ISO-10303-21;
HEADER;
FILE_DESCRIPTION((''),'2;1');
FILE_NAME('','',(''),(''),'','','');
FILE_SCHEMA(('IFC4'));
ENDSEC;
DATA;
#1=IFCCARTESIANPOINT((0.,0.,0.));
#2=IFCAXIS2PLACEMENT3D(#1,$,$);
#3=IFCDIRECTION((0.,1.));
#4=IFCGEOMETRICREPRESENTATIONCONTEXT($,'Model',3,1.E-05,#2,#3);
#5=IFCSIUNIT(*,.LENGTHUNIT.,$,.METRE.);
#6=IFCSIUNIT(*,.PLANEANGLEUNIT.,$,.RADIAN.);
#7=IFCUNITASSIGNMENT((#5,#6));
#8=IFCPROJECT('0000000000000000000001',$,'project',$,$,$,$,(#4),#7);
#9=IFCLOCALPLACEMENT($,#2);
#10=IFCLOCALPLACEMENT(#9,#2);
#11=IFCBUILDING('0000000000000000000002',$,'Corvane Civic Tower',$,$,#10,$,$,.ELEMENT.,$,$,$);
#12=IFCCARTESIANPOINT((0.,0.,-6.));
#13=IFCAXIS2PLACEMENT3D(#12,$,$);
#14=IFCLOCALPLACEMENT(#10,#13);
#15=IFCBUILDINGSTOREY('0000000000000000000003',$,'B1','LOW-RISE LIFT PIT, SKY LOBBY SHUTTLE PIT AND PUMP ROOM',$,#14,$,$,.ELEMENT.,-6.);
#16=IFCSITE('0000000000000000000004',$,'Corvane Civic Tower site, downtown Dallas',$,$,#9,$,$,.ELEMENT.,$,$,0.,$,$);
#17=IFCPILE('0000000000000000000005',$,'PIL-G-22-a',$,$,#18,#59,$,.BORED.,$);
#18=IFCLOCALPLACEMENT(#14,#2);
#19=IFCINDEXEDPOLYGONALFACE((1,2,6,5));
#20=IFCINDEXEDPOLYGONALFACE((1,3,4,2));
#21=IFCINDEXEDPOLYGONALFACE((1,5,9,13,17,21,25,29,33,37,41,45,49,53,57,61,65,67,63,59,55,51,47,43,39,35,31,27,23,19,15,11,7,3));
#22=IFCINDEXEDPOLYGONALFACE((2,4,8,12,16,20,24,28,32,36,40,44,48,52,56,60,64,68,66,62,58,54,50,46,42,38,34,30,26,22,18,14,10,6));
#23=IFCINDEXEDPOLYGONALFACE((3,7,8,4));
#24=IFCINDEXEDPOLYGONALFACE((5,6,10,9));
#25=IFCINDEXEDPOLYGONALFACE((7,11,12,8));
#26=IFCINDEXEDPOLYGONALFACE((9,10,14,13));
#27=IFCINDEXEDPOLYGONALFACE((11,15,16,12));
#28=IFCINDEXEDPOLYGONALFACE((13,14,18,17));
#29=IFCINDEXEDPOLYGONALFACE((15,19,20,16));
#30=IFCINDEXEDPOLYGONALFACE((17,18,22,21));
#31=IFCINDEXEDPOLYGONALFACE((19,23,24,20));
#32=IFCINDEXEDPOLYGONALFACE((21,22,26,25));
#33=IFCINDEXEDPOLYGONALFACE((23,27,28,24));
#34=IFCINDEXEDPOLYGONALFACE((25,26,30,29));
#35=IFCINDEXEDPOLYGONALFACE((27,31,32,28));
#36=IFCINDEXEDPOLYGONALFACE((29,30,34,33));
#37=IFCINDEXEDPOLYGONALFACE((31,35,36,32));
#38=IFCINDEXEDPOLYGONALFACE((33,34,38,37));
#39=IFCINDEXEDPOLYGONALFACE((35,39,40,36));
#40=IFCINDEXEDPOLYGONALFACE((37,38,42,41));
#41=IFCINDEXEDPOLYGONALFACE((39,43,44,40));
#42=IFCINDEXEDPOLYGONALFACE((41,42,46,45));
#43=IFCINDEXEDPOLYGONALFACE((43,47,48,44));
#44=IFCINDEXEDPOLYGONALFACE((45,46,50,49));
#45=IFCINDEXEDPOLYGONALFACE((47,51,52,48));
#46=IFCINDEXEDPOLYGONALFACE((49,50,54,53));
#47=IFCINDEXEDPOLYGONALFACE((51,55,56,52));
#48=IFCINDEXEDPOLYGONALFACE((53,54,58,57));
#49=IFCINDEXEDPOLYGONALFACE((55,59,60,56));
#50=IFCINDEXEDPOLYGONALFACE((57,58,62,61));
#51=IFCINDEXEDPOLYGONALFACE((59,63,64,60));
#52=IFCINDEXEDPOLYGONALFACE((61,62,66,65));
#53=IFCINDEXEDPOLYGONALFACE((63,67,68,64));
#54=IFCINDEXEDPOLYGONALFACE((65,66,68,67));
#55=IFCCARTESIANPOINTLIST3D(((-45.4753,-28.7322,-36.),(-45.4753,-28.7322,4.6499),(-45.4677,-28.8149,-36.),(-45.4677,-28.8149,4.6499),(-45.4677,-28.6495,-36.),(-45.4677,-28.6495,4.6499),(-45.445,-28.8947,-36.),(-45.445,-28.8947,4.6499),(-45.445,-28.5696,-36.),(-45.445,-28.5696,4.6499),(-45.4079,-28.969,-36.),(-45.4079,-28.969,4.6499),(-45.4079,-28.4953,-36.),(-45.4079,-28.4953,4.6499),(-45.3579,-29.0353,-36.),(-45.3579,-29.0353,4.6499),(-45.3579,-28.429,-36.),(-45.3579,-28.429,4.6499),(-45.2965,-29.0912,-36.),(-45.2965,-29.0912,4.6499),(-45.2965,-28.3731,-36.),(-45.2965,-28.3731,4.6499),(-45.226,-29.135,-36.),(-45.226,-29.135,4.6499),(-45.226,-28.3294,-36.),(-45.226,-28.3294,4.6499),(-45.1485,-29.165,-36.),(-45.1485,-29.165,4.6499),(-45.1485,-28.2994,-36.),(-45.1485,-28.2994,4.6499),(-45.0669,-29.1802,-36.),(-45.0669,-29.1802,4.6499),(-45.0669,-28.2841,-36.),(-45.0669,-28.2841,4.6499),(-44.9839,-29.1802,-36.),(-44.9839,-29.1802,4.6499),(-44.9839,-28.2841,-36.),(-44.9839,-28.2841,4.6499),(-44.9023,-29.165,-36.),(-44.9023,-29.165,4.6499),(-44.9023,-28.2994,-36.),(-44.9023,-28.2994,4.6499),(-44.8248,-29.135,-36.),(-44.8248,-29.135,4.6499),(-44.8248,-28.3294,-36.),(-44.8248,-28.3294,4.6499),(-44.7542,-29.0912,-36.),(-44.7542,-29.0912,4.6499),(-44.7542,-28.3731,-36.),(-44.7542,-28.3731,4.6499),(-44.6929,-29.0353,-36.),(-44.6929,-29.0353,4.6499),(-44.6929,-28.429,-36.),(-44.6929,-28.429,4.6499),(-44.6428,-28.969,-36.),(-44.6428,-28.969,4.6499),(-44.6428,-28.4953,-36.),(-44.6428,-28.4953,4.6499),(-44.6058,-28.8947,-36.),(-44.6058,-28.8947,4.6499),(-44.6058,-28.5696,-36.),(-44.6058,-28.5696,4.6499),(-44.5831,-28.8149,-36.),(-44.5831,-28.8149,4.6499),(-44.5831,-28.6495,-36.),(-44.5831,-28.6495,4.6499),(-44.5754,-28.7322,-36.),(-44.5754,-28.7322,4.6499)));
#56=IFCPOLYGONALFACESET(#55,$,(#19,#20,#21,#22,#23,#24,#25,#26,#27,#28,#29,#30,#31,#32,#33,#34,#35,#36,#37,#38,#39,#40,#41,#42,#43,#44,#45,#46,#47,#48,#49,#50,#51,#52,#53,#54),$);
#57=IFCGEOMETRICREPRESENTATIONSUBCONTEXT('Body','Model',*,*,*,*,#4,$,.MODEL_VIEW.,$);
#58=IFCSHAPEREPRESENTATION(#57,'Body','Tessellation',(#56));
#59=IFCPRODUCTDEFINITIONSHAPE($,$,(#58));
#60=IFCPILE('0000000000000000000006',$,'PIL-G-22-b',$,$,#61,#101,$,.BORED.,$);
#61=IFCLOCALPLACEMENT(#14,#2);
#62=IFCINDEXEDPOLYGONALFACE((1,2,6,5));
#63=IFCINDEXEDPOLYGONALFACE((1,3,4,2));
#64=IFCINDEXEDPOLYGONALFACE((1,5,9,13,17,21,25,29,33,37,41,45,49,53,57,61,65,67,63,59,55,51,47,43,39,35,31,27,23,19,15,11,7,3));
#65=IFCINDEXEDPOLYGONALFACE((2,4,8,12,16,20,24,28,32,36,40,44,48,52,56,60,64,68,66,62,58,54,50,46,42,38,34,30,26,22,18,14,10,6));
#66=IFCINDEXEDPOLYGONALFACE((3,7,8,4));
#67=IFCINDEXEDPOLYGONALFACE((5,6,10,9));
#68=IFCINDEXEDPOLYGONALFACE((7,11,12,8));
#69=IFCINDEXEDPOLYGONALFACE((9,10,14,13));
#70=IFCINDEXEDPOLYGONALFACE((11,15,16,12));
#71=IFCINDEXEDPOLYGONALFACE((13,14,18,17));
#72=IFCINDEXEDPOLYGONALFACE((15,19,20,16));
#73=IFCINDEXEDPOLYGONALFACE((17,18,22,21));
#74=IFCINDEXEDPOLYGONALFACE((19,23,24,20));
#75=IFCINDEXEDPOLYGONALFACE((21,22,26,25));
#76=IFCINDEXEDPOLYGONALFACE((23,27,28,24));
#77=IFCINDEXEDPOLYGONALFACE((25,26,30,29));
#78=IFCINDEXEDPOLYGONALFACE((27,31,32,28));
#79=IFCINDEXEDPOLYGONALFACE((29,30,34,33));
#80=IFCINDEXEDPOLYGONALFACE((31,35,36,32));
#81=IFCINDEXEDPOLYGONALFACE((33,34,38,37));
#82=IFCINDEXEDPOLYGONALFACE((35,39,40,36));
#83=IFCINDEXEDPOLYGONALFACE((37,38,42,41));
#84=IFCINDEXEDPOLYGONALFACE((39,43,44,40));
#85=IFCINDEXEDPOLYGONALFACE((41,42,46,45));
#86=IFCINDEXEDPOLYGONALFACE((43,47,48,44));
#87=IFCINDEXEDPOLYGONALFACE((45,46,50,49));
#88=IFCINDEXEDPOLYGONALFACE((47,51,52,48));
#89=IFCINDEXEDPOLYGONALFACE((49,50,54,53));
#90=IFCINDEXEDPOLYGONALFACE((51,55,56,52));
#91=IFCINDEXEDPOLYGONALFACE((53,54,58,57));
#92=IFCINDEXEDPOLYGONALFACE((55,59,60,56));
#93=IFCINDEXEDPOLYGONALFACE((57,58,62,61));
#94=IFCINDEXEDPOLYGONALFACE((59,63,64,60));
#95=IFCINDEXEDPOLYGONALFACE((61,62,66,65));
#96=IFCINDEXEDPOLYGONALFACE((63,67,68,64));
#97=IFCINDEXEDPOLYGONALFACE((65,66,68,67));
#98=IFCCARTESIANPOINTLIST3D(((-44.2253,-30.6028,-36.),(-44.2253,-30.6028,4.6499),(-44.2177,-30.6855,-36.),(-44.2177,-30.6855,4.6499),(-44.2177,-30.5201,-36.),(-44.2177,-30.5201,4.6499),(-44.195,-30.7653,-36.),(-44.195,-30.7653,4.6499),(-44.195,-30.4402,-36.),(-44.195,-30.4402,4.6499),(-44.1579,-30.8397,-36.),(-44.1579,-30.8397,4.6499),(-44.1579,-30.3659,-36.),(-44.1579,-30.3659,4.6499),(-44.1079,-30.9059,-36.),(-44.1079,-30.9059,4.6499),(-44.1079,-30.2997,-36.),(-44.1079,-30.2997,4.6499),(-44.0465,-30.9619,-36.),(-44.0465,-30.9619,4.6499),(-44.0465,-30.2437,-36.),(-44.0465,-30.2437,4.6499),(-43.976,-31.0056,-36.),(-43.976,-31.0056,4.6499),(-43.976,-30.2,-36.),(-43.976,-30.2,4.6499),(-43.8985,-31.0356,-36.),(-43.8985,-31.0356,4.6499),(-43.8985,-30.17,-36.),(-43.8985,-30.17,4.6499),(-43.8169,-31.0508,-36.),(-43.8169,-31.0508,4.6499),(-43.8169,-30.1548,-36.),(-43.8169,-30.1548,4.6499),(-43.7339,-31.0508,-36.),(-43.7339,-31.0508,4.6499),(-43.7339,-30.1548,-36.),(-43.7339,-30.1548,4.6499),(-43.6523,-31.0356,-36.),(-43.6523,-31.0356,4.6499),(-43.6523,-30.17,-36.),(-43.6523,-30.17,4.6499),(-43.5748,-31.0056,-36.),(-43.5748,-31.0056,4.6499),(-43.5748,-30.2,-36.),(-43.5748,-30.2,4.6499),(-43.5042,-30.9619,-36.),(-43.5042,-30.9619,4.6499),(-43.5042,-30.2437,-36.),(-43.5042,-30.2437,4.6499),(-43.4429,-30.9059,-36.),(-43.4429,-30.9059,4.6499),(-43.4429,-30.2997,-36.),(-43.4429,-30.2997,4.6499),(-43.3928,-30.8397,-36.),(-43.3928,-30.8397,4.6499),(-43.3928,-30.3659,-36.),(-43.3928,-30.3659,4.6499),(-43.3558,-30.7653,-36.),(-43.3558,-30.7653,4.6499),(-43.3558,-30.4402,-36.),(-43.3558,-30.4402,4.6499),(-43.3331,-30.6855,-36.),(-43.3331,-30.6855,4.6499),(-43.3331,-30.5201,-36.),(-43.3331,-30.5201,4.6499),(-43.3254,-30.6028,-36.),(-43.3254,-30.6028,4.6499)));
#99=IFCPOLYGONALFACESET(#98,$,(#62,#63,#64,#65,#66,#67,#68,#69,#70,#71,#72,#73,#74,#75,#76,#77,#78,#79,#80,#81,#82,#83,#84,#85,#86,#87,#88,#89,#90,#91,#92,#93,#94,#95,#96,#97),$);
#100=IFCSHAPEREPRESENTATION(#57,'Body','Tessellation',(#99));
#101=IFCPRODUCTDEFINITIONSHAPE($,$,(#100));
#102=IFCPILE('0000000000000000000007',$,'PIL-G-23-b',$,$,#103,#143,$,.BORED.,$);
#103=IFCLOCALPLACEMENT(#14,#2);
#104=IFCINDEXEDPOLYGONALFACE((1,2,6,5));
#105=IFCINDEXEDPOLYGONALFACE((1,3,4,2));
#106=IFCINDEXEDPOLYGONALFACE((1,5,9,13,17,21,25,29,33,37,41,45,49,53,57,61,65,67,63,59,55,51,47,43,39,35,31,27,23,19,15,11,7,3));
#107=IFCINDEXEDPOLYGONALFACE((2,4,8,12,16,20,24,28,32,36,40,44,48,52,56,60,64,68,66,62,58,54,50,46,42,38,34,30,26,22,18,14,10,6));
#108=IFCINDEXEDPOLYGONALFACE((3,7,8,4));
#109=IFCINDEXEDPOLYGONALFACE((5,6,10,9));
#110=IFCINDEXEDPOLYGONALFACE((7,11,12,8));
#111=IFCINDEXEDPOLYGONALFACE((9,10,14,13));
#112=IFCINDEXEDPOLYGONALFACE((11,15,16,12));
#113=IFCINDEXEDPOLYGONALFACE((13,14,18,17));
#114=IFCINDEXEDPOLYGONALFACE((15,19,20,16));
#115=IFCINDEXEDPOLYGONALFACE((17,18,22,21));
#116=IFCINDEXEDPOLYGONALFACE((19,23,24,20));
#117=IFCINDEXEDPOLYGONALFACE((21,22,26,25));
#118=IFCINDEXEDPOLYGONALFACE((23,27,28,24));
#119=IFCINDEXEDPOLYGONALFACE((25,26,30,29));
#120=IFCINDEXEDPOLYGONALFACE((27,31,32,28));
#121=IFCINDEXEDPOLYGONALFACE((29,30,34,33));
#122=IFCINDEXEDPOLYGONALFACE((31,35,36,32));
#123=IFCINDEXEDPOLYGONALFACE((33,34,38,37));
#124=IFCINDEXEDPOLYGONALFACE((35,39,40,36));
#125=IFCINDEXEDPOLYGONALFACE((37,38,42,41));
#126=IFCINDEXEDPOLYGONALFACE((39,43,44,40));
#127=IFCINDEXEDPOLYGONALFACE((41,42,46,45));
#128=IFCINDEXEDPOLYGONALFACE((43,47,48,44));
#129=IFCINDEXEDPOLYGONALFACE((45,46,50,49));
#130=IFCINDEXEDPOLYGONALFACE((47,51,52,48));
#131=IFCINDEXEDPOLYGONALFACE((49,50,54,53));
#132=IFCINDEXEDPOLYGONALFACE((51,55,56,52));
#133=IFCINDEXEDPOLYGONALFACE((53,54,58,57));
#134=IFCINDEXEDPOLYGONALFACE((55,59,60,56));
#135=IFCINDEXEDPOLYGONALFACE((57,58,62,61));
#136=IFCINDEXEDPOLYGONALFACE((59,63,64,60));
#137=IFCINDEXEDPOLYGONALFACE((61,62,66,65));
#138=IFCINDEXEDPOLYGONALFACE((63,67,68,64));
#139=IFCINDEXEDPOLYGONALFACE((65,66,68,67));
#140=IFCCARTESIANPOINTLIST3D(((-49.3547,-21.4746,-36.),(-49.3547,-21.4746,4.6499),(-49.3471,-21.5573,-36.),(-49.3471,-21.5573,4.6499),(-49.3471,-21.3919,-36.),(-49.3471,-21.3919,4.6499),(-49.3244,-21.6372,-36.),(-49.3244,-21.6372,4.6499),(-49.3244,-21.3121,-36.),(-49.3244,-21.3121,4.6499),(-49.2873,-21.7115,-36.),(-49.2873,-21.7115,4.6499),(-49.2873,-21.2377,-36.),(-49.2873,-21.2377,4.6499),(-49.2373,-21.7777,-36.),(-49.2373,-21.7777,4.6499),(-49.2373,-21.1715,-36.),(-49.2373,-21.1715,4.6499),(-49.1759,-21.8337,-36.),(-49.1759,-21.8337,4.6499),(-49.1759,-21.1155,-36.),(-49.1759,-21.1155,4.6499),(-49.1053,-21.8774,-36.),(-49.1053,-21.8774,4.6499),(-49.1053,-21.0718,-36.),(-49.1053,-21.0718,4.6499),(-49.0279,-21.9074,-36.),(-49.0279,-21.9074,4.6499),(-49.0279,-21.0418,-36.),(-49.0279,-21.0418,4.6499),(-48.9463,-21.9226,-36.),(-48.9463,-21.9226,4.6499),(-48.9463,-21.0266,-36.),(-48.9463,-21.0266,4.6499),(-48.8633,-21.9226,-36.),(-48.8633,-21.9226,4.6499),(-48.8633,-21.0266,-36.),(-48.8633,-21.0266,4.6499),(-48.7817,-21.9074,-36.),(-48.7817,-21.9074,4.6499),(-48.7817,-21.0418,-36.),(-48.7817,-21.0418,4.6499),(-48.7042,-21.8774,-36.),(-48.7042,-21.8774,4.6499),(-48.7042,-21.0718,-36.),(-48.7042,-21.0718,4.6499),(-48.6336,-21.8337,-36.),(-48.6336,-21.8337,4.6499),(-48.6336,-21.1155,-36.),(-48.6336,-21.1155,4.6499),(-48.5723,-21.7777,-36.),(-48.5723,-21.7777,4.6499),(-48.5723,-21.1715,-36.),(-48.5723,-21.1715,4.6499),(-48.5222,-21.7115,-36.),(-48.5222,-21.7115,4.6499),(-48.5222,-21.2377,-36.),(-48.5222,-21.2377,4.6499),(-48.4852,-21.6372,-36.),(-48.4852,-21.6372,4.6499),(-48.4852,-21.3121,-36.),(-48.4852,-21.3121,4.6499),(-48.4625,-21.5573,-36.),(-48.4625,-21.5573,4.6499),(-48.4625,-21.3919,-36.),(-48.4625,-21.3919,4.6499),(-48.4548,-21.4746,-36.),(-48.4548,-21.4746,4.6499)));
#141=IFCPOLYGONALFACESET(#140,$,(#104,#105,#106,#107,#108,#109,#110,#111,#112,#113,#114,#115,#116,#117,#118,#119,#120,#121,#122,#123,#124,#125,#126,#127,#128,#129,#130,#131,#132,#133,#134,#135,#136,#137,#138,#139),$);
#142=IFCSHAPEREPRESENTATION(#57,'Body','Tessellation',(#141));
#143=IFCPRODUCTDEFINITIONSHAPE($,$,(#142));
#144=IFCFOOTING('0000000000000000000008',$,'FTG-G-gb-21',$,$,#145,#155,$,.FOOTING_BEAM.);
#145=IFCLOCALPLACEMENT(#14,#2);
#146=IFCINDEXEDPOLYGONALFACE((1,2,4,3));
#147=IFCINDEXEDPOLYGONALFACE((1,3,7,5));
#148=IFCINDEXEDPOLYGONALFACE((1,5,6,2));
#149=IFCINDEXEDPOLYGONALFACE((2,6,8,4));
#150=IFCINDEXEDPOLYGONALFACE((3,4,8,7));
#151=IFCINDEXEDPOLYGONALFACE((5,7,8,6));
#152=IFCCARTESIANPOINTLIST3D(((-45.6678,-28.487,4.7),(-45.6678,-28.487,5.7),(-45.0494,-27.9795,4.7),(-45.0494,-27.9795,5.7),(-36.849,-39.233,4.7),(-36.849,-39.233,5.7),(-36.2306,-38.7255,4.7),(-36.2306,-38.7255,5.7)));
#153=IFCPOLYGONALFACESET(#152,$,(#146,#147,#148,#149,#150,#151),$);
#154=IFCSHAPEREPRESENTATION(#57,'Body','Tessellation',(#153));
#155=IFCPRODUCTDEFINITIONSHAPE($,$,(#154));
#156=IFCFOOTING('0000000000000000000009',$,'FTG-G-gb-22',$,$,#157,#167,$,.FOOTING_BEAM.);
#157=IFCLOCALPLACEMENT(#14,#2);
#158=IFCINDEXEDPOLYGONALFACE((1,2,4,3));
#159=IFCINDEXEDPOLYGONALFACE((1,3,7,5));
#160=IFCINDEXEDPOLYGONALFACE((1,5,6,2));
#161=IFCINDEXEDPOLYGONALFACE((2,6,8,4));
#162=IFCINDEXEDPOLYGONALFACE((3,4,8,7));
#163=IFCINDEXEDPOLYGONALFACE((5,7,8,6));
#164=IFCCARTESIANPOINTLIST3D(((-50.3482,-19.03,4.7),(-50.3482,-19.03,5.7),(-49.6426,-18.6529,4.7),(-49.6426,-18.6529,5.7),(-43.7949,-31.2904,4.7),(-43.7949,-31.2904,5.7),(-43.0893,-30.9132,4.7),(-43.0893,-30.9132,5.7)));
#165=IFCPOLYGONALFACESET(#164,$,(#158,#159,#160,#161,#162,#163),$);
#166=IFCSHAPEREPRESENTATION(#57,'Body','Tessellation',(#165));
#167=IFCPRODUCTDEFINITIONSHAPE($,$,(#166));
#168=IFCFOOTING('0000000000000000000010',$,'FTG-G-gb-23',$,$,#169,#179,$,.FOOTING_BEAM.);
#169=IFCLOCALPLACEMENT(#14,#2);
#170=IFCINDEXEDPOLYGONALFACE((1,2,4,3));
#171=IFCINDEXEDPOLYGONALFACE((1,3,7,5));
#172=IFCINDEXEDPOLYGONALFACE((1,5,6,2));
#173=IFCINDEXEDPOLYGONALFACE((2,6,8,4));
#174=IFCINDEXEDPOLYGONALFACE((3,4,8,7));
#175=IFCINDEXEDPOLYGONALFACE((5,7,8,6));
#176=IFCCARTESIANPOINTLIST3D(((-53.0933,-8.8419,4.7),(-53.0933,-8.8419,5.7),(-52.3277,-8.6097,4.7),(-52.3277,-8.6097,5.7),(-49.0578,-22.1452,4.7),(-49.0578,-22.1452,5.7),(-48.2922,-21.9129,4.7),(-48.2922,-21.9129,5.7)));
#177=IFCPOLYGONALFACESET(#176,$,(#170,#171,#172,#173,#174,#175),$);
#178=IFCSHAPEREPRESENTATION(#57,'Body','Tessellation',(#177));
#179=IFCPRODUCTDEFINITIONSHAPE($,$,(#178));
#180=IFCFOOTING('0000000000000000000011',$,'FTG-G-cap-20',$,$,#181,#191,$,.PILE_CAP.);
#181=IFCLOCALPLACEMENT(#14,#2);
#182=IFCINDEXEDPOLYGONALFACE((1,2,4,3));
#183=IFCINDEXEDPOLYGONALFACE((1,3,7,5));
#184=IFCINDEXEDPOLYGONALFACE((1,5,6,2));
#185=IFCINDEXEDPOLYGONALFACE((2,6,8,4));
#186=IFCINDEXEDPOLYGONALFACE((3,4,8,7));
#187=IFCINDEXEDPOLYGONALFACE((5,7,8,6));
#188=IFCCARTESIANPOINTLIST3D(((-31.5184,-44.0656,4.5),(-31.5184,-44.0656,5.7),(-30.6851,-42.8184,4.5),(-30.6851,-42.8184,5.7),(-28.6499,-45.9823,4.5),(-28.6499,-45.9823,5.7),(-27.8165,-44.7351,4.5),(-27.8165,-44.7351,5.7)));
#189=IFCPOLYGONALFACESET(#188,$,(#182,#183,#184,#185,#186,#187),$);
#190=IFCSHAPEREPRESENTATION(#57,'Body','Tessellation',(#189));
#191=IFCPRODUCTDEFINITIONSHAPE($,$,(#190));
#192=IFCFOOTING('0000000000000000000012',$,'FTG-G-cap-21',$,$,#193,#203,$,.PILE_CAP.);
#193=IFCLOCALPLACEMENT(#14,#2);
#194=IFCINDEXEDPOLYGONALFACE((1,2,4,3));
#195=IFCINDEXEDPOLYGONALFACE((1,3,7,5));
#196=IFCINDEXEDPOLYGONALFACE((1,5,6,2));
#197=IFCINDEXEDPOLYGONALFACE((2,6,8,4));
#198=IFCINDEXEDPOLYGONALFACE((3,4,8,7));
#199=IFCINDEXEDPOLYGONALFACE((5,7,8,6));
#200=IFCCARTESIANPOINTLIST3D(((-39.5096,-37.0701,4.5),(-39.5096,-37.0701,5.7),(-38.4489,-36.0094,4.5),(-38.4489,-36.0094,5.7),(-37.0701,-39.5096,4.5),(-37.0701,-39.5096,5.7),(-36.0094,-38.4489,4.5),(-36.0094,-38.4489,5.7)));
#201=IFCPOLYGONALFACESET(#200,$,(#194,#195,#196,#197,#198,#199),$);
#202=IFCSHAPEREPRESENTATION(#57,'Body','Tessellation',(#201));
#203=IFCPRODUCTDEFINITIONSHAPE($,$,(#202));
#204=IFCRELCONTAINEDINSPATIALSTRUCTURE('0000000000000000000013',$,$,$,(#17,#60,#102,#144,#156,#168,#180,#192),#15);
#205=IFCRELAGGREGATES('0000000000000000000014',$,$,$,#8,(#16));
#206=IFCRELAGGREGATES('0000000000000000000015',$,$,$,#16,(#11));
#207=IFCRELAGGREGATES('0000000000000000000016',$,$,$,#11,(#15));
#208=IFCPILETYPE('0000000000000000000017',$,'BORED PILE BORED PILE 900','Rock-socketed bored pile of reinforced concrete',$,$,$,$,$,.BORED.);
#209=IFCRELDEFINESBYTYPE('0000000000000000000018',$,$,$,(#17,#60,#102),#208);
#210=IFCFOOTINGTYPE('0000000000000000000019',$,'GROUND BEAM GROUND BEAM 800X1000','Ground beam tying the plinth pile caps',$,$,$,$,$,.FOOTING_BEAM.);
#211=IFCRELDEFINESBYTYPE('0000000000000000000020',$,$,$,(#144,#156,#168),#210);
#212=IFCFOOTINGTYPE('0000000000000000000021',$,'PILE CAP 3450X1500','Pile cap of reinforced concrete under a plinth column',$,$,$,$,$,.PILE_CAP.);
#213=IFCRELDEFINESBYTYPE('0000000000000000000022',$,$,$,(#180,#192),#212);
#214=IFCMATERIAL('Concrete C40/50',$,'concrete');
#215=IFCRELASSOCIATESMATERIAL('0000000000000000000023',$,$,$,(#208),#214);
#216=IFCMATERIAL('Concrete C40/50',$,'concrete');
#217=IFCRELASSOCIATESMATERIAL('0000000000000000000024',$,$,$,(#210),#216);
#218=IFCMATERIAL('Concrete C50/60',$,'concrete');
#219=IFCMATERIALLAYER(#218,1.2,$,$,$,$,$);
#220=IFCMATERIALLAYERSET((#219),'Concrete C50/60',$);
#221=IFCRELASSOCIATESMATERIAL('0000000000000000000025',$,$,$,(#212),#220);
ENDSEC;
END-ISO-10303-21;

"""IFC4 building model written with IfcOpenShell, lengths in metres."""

from ifc_helpers import new_model, si_unit, direction, frame, origin, origin_2d, place, context, subcontext, project, spatial, rectangle, circle, extrude, material, layer, layer_set, material_profile, profile_set, type_object, element, save


model = new_model("IFC4")

# Units and contexts
model_context = context("Model", 3, precision=1e-05, world=origin(), true_north=direction((0.0, 1.0)))
body_context = subcontext(model_context, "Body", "Model", "MODEL_VIEW")
ifc_project = project(units=[si_unit("LENGTHUNIT", "METRE"), si_unit("PLANEANGLEUNIT", "RADIAN")], contexts=[model_context])

# Site, building, storey
site_placement = place(None, origin())
site = spatial("IfcSite", under=ifc_project, at=site_placement, Name="Corvane Civic Tower site, downtown Dallas", CompositionType="ELEMENT", RefElevation=0.0)
building_placement = place(site_placement, origin())
building = spatial("IfcBuilding", under=site, at=building_placement, Name="Corvane Civic Tower", CompositionType="ELEMENT")
storey_placement = place(building_placement, frame((0.0, 0.0, -6.0)))
storey = spatial("IfcBuildingStorey", under=building, at=storey_placement, Name="B1", Description="LOW-RISE LIFT PIT, SKY LOBBY SHUTTLE PIT AND PUMP ROOM", CompositionType="ELEMENT", Elevation=-6.0)

# Piles
ifc_material_1 = material(Name="Concrete C40/50", Category="concrete")
ifc_material_profile_1 = material_profile(ifc_material_1, circle(Radius=0.45, at=origin_2d()), Name="BORED PILE 900")
ifc_profile_set_1 = profile_set([ifc_material_profile_1], Name="Concrete C40/50")
pile_type_1 = type_object("IfcPileType", Name="BORED PILE BORED PILE 900", Description="Rock-socketed bored pile of reinforced concrete", PredefinedType="BORED", material=ifc_profile_set_1)
for number, where, z_axis, x_axis, name in (
    (1, (-45.0254, -28.7322, 4.6499), (0.0, 0.0, -1.0), (1.0, 0.0, 0.0), "PIL-G-22-a"),
    (2, (-43.7754, -30.6028, 4.6499), (0.0, 0.0, -1.0), (1.0, 0.0, 0.0), "PIL-G-22-b"),
    (3, (-48.9048, -21.4746, 4.6499), (0.0, 0.0, -1.0), (1.0, 0.0, 0.0), "PIL-G-23-b"),
):
    element("IfcPile", number, at=place(storey_placement, frame(where, z_axis=z_axis, x_axis=x_axis)), inside=storey, type_object=pile_type_1, Name=name, PredefinedType="BORED", context=body_context, shape_type="SweptSolid", body=[
        extrude(circle(Radius=0.45, at=origin_2d()), origin(), (0.0, 0.0, 1.0), 40.6499),
    ])

# Footings
ifc_material_2 = material(Name="Concrete C40/50", Category="concrete")
ifc_material_profile_2 = material_profile(ifc_material_2, rectangle(XDim=0.8, YDim=1.0, at=origin_2d()), Name="GROUND BEAM 800X1000")
ifc_profile_set_2 = profile_set([ifc_material_profile_2], Name="Concrete C40/50")
footing_type_1 = type_object("IfcFootingType", Name="GROUND BEAM GROUND BEAM 800X1000", Description="Ground beam tying the plinth pile caps", PredefinedType="FOOTING_BEAM", material=ifc_profile_set_2)
footing_placement = place(storey_placement, frame((-36.5398, -38.9792, 5.2), z_axis=(-0.634383, 0.773019, 0.0), x_axis=(-0.773019, -0.634383, 0.0)))
element("IfcFooting", 4, at=footing_placement, inside=storey, type_object=footing_type_1, Name="FTG-G-gb-21", PredefinedType="FOOTING_BEAM", context=body_context, shape_type="SweptSolid", body=[
    extrude(rectangle(XDim=0.8, YDim=1.0, at=origin_2d()), origin(), (0.0, 0.0, 1.0), 13.9014),
])
for number, where, z_axis, x_axis, name in (
    (5, (-43.4421, -31.1018, 5.2), (-0.471396, 0.881922, 0.0), (-0.881922, -0.471396, 0.0), "FTG-G-gb-22"),
    (6, (-48.675, -22.0291, 5.2), (-0.290279, 0.956942, 0.0), (-0.956942, -0.290279, 0.0), "FTG-G-gb-23"),
):
    element("IfcFooting", number, at=place(storey_placement, frame(where, z_axis=z_axis, x_axis=x_axis)), inside=storey, type_object=footing_type_1, Name=name, PredefinedType="FOOTING_BEAM", context=body_context, shape_type="SweptSolid", body=[
        extrude(rectangle(XDim=0.8, YDim=1.0, at=origin_2d()), origin(), (0.0, 0.0, 1.0), 13.9019),
    ])
ifc_material_3 = material(Name="Concrete C50/60", Category="concrete")
ifc_layer = layer(ifc_material_3, 1.2)
ifc_layer_set = layer_set([ifc_layer], Name="Concrete C50/60")
footing_type_2 = type_object("IfcFootingType", Name="PILE CAP 3450X1500", Description="Pile cap of reinforced concrete under a plinth column", PredefinedType="PILE_CAP", material=ifc_layer_set)
for number, where, z_axis, x_axis, name in (
    (7, (-29.6675, -44.4004, 4.5), (0.0, 0.0, 1.0), (0.83147, -0.55557, 0.0), "FTG-G-cap-20"),
    (8, (-37.7595, -37.7595, 4.5), (0.0, 0.0, 1.0), (0.707107, -0.707107, 0.0), "FTG-G-cap-21"),
):
    element("IfcFooting", number, at=place(storey_placement, frame(where, z_axis=z_axis, x_axis=x_axis)), inside=storey, type_object=footing_type_2, Name=name, PredefinedType="PILE_CAP", context=body_context, shape_type="SweptSolid", body=[
        extrude(rectangle(XDim=3.45, YDim=1.5, at=origin_2d()), origin(), (0.0, 0.0, 1.0), 1.2),
    ])

save(model, "model.ifc")
